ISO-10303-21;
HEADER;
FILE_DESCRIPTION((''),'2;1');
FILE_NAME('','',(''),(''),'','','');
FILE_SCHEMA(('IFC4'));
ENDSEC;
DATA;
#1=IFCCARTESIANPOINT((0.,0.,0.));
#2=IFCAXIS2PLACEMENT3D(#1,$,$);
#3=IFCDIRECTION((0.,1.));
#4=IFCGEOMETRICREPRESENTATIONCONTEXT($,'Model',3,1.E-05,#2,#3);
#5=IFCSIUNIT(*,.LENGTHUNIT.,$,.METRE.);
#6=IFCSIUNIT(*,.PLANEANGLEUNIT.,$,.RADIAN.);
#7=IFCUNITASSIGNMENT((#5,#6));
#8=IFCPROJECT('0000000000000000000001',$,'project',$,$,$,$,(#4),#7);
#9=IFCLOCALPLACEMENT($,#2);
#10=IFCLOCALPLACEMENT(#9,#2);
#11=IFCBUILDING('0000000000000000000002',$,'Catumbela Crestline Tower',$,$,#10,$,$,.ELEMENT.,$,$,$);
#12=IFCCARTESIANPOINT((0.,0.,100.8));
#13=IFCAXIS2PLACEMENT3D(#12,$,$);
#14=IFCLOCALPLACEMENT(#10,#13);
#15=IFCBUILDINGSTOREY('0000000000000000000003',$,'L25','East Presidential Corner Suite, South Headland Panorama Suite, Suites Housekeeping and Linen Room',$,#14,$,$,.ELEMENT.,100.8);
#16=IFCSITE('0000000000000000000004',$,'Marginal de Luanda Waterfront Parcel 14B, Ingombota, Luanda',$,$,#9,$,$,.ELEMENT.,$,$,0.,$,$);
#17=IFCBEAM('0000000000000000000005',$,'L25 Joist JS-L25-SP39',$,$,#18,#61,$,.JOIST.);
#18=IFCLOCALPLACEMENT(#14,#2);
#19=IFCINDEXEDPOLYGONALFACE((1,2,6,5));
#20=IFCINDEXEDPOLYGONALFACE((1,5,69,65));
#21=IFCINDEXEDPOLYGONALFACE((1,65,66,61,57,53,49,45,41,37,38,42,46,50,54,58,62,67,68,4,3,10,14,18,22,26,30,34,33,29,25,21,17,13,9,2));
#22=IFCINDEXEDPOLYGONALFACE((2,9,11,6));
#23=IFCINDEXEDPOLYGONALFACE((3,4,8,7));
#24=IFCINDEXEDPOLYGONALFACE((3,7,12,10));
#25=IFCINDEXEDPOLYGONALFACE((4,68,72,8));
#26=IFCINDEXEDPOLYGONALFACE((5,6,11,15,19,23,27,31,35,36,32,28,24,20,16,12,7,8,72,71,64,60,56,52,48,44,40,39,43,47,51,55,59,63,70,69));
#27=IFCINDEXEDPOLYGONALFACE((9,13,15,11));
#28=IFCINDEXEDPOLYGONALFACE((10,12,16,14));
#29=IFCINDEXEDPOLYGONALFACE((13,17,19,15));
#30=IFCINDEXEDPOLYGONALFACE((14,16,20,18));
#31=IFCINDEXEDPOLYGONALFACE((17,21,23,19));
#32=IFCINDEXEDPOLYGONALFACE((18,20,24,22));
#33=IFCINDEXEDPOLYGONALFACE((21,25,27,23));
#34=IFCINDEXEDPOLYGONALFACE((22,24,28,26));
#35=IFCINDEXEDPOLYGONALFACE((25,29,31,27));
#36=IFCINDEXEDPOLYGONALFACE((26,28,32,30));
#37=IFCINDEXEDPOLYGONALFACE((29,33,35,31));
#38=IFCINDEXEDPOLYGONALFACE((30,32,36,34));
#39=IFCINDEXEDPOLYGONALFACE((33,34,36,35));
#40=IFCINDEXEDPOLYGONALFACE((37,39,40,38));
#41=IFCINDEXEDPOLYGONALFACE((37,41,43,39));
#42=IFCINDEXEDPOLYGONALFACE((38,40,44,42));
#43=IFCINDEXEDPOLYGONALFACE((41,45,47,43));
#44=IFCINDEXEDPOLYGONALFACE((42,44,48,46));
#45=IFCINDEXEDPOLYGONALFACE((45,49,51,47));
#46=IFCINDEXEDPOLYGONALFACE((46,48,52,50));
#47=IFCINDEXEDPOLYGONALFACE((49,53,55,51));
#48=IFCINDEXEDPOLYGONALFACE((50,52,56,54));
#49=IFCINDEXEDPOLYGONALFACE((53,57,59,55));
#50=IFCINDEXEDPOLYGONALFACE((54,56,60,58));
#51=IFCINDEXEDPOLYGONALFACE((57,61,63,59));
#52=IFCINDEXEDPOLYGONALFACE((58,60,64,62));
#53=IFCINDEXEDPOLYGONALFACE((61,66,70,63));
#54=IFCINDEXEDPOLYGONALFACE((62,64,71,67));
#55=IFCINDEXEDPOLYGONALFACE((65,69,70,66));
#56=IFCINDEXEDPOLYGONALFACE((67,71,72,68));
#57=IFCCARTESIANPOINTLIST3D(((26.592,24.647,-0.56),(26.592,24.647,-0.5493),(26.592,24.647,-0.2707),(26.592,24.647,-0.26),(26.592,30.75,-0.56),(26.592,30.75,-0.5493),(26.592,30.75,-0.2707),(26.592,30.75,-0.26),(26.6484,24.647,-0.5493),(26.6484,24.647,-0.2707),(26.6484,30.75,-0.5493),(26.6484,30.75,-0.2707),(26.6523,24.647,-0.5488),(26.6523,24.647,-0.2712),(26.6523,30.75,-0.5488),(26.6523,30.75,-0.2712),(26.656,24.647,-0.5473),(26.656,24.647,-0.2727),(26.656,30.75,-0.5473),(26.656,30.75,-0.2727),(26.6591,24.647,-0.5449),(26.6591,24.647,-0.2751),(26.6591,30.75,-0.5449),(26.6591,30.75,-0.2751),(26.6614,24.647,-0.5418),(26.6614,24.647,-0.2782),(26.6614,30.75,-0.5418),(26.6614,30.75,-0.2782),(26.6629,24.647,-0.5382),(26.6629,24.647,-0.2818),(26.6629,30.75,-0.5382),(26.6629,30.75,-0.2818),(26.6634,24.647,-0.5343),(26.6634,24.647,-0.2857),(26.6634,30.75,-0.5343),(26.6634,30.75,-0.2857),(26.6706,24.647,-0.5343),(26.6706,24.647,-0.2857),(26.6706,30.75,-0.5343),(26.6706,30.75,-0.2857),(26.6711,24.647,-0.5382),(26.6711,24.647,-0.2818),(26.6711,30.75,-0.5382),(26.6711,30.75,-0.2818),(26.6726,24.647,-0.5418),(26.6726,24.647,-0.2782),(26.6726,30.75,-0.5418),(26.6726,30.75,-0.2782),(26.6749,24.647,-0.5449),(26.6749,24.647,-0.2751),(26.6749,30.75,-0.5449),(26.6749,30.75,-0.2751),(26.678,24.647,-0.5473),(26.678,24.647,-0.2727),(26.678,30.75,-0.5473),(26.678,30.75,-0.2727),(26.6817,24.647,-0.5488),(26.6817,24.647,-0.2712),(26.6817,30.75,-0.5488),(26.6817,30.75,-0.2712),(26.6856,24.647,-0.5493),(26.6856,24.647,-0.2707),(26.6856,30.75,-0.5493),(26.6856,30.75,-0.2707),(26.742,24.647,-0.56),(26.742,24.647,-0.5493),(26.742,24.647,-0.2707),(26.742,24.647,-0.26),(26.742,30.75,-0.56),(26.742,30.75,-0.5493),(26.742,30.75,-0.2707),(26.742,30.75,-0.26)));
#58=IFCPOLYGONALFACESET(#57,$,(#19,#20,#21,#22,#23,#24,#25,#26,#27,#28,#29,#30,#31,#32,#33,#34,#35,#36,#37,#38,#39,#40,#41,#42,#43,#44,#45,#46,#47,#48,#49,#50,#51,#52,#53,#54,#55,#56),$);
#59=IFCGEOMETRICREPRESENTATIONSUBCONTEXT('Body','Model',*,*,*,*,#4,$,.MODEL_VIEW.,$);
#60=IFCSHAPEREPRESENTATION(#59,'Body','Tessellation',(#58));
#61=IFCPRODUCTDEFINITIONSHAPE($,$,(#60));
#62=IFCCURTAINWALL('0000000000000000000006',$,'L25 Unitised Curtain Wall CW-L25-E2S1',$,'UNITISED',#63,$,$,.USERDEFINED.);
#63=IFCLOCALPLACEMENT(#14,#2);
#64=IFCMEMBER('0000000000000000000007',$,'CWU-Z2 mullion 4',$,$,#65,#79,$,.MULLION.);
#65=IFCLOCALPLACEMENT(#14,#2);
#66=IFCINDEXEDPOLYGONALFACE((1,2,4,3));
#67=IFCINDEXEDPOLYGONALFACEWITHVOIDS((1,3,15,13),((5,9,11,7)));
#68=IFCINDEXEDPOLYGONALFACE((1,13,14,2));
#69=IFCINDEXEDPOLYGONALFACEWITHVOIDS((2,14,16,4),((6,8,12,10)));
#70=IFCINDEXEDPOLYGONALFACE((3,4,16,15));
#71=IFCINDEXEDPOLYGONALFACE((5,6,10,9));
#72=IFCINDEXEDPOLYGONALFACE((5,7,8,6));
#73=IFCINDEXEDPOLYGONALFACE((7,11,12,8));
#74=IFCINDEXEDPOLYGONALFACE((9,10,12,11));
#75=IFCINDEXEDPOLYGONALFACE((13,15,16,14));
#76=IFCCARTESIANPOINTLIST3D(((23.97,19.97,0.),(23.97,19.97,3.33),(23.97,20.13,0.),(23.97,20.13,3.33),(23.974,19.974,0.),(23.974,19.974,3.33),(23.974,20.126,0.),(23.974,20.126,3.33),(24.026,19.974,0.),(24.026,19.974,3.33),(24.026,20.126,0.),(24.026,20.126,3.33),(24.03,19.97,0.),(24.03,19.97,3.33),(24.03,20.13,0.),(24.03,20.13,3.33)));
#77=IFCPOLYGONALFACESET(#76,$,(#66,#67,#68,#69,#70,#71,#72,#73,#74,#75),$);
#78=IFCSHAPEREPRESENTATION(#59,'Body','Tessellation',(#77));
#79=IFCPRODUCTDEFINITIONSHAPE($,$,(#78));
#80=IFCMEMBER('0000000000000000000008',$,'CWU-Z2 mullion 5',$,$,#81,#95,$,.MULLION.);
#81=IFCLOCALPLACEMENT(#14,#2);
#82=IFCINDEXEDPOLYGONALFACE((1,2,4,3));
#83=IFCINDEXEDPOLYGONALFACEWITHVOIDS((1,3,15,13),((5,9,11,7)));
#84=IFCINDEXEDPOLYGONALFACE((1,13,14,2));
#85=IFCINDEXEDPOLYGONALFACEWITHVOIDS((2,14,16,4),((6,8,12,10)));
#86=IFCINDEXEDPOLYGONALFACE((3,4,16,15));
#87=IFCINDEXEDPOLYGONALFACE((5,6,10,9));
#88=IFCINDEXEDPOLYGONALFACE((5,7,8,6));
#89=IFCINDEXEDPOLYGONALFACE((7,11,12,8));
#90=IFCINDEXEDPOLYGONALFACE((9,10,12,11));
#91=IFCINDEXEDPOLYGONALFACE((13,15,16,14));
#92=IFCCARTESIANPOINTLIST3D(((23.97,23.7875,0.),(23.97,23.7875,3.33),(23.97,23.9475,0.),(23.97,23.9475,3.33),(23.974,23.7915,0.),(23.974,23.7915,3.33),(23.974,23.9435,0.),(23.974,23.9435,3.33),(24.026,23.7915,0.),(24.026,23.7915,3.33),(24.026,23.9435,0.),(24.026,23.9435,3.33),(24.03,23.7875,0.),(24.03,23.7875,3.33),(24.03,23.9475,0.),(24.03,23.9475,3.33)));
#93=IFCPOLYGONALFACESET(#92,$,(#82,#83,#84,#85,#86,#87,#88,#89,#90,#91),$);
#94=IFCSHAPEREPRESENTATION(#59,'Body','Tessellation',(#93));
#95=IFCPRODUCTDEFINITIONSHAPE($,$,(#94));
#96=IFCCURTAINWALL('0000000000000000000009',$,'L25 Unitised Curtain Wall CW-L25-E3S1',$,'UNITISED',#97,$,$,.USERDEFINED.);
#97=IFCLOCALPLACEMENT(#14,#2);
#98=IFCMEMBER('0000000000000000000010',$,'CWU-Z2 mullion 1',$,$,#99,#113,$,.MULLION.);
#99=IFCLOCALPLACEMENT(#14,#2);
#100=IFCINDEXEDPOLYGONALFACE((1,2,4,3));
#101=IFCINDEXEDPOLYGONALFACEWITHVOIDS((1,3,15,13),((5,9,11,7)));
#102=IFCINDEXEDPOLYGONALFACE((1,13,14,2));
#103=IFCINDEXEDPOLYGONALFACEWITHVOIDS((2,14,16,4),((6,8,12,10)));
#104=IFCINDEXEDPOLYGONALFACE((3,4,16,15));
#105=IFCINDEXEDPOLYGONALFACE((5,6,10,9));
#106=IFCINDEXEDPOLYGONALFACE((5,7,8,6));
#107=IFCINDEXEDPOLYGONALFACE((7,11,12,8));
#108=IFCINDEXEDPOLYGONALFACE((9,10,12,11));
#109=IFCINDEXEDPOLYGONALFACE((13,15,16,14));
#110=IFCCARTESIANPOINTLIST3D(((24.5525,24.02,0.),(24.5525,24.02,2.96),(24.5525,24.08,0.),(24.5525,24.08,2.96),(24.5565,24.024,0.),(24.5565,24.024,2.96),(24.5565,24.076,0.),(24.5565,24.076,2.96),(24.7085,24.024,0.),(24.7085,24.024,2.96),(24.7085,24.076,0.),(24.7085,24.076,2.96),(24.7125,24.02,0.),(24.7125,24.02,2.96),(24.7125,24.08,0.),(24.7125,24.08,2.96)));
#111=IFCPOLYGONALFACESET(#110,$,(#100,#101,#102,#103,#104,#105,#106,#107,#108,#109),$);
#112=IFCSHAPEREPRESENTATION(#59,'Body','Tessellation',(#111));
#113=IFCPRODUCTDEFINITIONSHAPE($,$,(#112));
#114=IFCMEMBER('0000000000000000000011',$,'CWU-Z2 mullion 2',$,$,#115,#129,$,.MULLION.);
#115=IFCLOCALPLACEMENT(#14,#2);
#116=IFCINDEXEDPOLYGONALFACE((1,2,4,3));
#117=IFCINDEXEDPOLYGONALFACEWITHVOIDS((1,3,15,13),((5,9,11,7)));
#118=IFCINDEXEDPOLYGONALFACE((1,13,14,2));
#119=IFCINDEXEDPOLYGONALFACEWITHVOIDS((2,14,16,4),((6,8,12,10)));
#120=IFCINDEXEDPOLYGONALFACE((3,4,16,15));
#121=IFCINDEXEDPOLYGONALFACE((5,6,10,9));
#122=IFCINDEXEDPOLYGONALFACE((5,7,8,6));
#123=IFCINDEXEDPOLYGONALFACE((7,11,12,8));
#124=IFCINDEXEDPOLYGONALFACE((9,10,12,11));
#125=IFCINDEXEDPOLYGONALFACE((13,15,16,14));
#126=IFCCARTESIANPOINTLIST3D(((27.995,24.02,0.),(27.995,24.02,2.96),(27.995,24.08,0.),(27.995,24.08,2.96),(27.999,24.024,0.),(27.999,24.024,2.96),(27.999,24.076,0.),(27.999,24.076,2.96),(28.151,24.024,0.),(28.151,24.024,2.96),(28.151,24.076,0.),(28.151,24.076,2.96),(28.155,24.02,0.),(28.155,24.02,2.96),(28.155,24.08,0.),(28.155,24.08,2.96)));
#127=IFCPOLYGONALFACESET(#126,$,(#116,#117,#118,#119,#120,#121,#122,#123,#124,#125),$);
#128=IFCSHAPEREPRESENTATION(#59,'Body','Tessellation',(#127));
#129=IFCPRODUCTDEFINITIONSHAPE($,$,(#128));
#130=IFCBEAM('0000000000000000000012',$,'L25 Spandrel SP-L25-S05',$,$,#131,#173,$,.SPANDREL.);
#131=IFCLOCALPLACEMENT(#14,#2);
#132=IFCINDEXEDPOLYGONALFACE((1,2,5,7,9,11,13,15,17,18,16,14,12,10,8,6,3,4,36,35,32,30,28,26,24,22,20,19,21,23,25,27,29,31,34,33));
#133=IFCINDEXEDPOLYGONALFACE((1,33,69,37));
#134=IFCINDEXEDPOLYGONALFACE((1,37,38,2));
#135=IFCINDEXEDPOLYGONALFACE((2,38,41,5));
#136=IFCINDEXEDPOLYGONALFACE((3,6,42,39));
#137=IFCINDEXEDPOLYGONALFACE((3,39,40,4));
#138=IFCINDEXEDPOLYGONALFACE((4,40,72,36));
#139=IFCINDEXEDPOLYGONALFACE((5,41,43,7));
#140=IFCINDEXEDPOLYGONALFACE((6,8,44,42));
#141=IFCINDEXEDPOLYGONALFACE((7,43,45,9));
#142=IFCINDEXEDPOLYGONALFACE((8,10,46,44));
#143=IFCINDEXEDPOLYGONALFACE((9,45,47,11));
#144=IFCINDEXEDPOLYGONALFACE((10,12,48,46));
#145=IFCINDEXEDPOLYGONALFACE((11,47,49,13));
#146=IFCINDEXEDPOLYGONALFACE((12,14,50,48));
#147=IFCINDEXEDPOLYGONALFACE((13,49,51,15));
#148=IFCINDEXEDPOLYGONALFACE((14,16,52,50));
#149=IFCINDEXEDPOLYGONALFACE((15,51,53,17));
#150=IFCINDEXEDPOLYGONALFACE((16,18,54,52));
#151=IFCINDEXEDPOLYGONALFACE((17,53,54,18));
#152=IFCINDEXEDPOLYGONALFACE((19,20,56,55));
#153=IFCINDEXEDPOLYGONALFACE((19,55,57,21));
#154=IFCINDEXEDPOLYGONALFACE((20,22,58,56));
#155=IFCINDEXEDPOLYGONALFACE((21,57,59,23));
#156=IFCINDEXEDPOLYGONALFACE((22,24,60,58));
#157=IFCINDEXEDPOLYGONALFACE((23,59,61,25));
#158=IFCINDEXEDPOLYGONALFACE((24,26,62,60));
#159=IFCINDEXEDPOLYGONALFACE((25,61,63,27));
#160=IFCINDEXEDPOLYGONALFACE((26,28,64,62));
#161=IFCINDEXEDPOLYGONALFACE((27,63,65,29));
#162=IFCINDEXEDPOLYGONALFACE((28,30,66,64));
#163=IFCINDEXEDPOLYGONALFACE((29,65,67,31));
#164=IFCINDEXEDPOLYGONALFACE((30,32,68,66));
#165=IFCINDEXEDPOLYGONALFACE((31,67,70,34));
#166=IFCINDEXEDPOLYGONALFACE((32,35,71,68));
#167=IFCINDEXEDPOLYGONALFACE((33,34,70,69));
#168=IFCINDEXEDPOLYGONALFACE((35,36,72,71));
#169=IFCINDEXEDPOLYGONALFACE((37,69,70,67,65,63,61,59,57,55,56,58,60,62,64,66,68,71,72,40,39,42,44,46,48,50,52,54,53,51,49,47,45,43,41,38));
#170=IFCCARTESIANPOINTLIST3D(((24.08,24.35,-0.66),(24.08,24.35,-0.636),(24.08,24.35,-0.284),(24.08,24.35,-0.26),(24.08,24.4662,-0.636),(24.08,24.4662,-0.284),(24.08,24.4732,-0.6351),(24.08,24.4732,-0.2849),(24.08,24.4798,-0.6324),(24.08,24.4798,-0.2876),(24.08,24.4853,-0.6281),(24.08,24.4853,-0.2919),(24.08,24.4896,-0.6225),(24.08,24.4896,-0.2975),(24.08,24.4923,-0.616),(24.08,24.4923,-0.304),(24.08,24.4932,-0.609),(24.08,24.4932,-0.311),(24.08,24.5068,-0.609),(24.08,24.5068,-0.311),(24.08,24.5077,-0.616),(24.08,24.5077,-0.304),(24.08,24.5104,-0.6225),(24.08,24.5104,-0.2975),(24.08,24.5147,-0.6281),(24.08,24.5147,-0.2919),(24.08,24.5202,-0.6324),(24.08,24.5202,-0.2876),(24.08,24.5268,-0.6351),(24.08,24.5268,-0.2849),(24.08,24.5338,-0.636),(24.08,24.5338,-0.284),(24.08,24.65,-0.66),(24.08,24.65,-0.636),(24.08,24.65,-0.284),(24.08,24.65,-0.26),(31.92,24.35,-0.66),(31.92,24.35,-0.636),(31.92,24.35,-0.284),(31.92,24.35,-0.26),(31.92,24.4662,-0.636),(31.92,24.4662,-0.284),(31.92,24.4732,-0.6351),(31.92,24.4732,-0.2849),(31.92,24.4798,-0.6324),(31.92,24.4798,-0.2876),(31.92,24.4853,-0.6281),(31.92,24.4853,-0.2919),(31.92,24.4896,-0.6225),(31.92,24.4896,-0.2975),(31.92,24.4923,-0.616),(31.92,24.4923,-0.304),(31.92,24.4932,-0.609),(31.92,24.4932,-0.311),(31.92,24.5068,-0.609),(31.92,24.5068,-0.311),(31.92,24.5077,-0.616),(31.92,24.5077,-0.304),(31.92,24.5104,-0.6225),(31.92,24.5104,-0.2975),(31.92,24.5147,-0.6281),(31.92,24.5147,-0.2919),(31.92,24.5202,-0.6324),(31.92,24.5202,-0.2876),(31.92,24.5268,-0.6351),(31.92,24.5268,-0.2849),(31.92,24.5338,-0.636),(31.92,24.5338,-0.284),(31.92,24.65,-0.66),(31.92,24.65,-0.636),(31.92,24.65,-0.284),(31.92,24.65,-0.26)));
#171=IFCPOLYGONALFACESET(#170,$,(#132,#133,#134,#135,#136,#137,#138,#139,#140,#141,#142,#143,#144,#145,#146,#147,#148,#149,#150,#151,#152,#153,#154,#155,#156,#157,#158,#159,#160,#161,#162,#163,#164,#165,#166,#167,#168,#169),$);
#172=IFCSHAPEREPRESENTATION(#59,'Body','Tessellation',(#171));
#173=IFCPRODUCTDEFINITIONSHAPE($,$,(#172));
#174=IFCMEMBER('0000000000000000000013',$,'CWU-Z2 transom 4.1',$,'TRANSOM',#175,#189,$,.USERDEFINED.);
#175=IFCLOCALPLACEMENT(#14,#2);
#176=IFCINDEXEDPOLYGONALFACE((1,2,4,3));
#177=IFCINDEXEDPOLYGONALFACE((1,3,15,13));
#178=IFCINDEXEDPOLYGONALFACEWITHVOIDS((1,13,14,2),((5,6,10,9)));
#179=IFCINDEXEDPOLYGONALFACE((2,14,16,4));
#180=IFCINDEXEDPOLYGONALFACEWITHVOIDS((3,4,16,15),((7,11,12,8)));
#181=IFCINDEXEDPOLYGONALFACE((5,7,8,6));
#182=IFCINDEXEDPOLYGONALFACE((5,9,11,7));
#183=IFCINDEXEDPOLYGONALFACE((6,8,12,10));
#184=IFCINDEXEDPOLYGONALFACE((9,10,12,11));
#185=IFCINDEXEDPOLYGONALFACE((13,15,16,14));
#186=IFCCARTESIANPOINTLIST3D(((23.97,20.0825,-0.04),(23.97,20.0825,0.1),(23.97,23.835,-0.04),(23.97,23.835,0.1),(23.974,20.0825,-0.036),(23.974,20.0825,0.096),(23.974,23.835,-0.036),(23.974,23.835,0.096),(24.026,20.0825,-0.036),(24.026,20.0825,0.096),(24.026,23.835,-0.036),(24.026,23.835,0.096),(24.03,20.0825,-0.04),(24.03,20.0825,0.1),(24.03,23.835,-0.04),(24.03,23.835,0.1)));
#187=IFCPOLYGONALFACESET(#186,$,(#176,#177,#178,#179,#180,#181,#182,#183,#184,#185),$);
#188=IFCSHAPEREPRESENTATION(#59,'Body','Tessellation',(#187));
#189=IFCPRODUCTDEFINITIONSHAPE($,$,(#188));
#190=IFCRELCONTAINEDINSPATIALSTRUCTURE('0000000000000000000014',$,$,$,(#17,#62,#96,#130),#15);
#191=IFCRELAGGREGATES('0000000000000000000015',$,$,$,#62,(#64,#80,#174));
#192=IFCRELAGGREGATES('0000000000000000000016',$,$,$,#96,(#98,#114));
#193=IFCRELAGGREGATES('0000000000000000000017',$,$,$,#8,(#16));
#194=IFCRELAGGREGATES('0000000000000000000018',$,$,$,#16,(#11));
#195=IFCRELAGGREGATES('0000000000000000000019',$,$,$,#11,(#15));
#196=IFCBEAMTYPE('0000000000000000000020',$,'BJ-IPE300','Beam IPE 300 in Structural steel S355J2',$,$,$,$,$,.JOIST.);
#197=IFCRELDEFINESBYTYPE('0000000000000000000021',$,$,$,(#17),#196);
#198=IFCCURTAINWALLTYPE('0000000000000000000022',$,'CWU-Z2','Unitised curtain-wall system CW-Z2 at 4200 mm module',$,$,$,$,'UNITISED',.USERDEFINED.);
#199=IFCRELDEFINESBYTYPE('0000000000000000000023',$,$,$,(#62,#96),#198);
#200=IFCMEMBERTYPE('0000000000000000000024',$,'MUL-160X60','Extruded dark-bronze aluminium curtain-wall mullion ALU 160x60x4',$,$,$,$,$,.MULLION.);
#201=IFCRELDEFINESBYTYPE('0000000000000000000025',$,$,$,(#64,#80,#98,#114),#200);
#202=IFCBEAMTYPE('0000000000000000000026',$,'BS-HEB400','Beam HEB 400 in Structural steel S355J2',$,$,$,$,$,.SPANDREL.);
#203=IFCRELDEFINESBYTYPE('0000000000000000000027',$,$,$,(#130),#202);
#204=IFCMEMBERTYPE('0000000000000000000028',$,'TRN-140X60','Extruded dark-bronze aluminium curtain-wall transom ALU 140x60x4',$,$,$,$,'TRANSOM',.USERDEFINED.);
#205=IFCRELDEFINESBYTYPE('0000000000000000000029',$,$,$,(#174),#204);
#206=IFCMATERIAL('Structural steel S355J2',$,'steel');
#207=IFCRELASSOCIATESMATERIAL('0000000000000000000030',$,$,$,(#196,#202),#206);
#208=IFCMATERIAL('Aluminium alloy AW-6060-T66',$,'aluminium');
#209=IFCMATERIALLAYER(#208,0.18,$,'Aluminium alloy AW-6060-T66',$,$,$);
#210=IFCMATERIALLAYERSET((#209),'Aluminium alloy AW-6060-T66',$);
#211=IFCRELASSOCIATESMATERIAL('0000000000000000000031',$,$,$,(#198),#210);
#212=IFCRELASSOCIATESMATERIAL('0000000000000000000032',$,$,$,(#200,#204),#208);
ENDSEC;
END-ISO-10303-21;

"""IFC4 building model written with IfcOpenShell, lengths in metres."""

from ifc_helpers import new_model, si_unit, direction, frame, origin, origin_2d, place, context, subcontext, project, spatial, hollow_rectangle, i_section, extrude, material, layer, layer_set, material_profile, profile_set, type_object, element, aggregate, save


model = new_model("IFC4")

# Units and contexts
model_context = context("Model", 3, precision=1e-05, world=origin(), true_north=direction((0.0, 1.0)))
body_context = subcontext(model_context, "Body", "Model", "MODEL_VIEW")
ifc_project = project(units=[si_unit("LENGTHUNIT", "METRE"), si_unit("PLANEANGLEUNIT", "RADIAN")], contexts=[model_context])

# Site, building, storey
site_placement = place(None, origin())
site = spatial("IfcSite", under=ifc_project, at=site_placement, Name="Marginal de Luanda Waterfront Parcel 14B, Ingombota, Luanda", CompositionType="ELEMENT", RefElevation=0.0)
building_placement = place(site_placement, origin())
building = spatial("IfcBuilding", under=site, at=building_placement, Name="Catumbela Crestline Tower", CompositionType="ELEMENT")
storey_placement = place(building_placement, frame((0.0, 0.0, 100.8)))
storey = spatial("IfcBuildingStorey", under=building, at=storey_placement, Name="L25", Description="East Presidential Corner Suite, South Headland Panorama Suite, Suites Housekeeping and Linen Room", CompositionType="ELEMENT", Elevation=100.8)

# Beam
ifc_material_1 = material(Name="Structural steel S355J2", Category="steel")
ifc_material_profile_1 = material_profile(ifc_material_1, i_section(OverallWidth=0.15, OverallDepth=0.3, WebThickness=0.0071, FlangeThickness=0.0107, FilletRadius=0.015, at=origin_2d()), Name="IPE 300")
ifc_profile_set_1 = profile_set([ifc_material_profile_1], Name="Structural steel S355J2")
beam_type_1 = type_object("IfcBeamType", Name="BJ-IPE300", Description="Beam IPE 300 in Structural steel S355J2", PredefinedType="JOIST", material=ifc_profile_set_1)
for number, where, z_axis, x_axis, name in (
    (1, (26.667, 24.647, -0.41), (0.0, 1.0, 0.0), (-1.0, 0.0, 0.0), "L25 Joist JS-L25-SP39"),
):
    element("IfcBeam", number, at=place(storey_placement, frame(where, z_axis=z_axis, x_axis=x_axis)), inside=storey, type_object=beam_type_1, Name=name, PredefinedType="JOIST", context=body_context, shape_type="SweptSolid", body=[
        extrude(i_section(OverallWidth=0.15, OverallDepth=0.3, WebThickness=0.0071, FlangeThickness=0.0107, FilletRadius=0.015, at=origin_2d()), origin(), (0.0, 0.0, 1.0), 6.103),
    ])

# Curtain walls, members
ifc_material_2 = material(Name="Aluminium alloy AW-6060-T66", Category="aluminium")
ifc_layer_1 = layer(ifc_material_2, 0.18, Name="Aluminium alloy AW-6060-T66")
ifc_layer_set_1 = layer_set([ifc_layer_1], Name="Aluminium alloy AW-6060-T66")
curtain_wall_type = type_object("IfcCurtainWallType", Name="CWU-Z2", Description="Unitised curtain-wall system CW-Z2 at 4200 mm module", ElementType="UNITISED", PredefinedType="USERDEFINED", material=ifc_layer_set_1)
curtain_wall_1_placement = place(storey_placement, origin())
curtain_wall_1 = element("IfcCurtainWall", 2, at=curtain_wall_1_placement, inside=storey, type_object=curtain_wall_type, Name="L25 Unitised Curtain Wall CW-L25-E2S1", ObjectType="UNITISED", PredefinedType="USERDEFINED")
ifc_material_profile_2 = material_profile(ifc_material_2, hollow_rectangle(XDim=0.06, YDim=0.16, WallThickness=0.004, at=origin_2d()), Name="ALU 160x60x4")
ifc_profile_set_2 = profile_set([ifc_material_profile_2], Name="Aluminium alloy AW-6060-T66")
member_type_1 = type_object("IfcMemberType", Name="MUL-160X60", Description="Extruded dark-bronze aluminium curtain-wall mullion ALU 160x60x4", PredefinedType="MULLION", material=ifc_profile_set_2)
member_1_placement = place(storey_placement, frame((24.0, 20.05, 0.0), z_axis=(0.0, 0.0, 1.0), x_axis=(-1.0, 0.0, 0.0)))
member_1 = element("IfcMember", 3, at=member_1_placement, type_object=member_type_1, Name="CWU-Z2 mullion 4", PredefinedType="MULLION", context=body_context, shape_type="SweptSolid", body=[
    extrude(hollow_rectangle(XDim=0.06, YDim=0.16, WallThickness=0.004, at=origin_2d()), origin(), (0.0, 0.0, 1.0), 3.33),
])
member_2_placement = place(storey_placement, frame((24.0, 23.8675, 0.0), z_axis=(0.0, 0.0, 1.0), x_axis=(-1.0, 0.0, 0.0)))
member_2 = element("IfcMember", 4, at=member_2_placement, type_object=member_type_1, Name="CWU-Z2 mullion 5", PredefinedType="MULLION", context=body_context, shape_type="SweptSolid", body=[
    extrude(hollow_rectangle(XDim=0.06, YDim=0.16, WallThickness=0.004, at=origin_2d()), origin(), (0.0, 0.0, 1.0), 3.33),
])
curtain_wall_2_placement = place(storey_placement, origin())
curtain_wall_2 = element("IfcCurtainWall", 5, at=curtain_wall_2_placement, inside=storey, type_object=curtain_wall_type, Name="L25 Unitised Curtain Wall CW-L25-E3S1", ObjectType="UNITISED", PredefinedType="USERDEFINED")
member_3_placement = place(storey_placement, frame((24.6325, 24.05, 0.0), z_axis=(0.0, 0.0, 1.0), x_axis=(0.0, 1.0, 0.0)))
member_3 = element("IfcMember", 6, at=member_3_placement, type_object=member_type_1, Name="CWU-Z2 mullion 1", PredefinedType="MULLION", context=body_context, shape_type="SweptSolid", body=[
    extrude(hollow_rectangle(XDim=0.06, YDim=0.16, WallThickness=0.004, at=origin_2d()), origin(), (0.0, 0.0, 1.0), 2.96),
])
member_4_placement = place(storey_placement, frame((28.075, 24.05, 0.0), z_axis=(0.0, 0.0, 1.0), x_axis=(0.0, 1.0, 0.0)))
member_4 = element("IfcMember", 7, at=member_4_placement, type_object=member_type_1, Name="CWU-Z2 mullion 2", PredefinedType="MULLION", context=body_context, shape_type="SweptSolid", body=[
    extrude(hollow_rectangle(XDim=0.06, YDim=0.16, WallThickness=0.004, at=origin_2d()), origin(), (0.0, 0.0, 1.0), 2.96),
])

# Beam
ifc_material_profile_3 = material_profile(ifc_material_1, i_section(OverallWidth=0.3, OverallDepth=0.4, WebThickness=0.0135, FlangeThickness=0.024, FilletRadius=0.027, at=origin_2d()), Name="HEB 400")
ifc_profile_set_3 = profile_set([ifc_material_profile_3], Name="Structural steel S355J2")
beam_type_2 = type_object("IfcBeamType", Name="BS-HEB400", Description="Beam HEB 400 in Structural steel S355J2", PredefinedType="SPANDREL", material=ifc_profile_set_3)
beam_1_placement = place(storey_placement, frame((24.08, 24.5, -0.46), z_axis=(1.0, 0.0, 0.0), x_axis=(0.0, 1.0, 0.0)))
element("IfcBeam", 8, at=beam_1_placement, inside=storey, type_object=beam_type_2, Name="L25 Spandrel SP-L25-S05", PredefinedType="SPANDREL", context=body_context, shape_type="SweptSolid", body=[
    extrude(i_section(OverallWidth=0.3, OverallDepth=0.4, WebThickness=0.0135, FlangeThickness=0.024, FilletRadius=0.027, at=origin_2d()), origin(), (0.0, 0.0, 1.0), 7.84),
])

# Member
ifc_material_profile_4 = material_profile(ifc_material_2, hollow_rectangle(XDim=0.06, YDim=0.14, WallThickness=0.004, at=origin_2d()), Name="ALU 140x60x4")
ifc_profile_set_4 = profile_set([ifc_material_profile_4], Name="Aluminium alloy AW-6060-T66")
member_type_2 = type_object("IfcMemberType", Name="TRN-140X60", Description="Extruded dark-bronze aluminium curtain-wall transom ALU 140x60x4", ElementType="TRANSOM", PredefinedType="USERDEFINED", material=ifc_profile_set_4)
member_5_placement = place(storey_placement, frame((24.0, 20.0825, 0.03), z_axis=(0.0, 1.0, 0.0), x_axis=(-1.0, 0.0, 0.0)))
member_5 = element("IfcMember", 9, at=member_5_placement, type_object=member_type_2, Name="CWU-Z2 transom 4.1", ObjectType="TRANSOM", PredefinedType="USERDEFINED", context=body_context, shape_type="SweptSolid", body=[
    extrude(hollow_rectangle(XDim=0.06, YDim=0.14, WallThickness=0.004, at=origin_2d()), origin(), (0.0, 0.0, 1.0), 3.7525),
])

aggregate(curtain_wall_1, [member_1, member_2, member_5])
aggregate(curtain_wall_2, [member_3, member_4])

save(model, "model.ifc")
